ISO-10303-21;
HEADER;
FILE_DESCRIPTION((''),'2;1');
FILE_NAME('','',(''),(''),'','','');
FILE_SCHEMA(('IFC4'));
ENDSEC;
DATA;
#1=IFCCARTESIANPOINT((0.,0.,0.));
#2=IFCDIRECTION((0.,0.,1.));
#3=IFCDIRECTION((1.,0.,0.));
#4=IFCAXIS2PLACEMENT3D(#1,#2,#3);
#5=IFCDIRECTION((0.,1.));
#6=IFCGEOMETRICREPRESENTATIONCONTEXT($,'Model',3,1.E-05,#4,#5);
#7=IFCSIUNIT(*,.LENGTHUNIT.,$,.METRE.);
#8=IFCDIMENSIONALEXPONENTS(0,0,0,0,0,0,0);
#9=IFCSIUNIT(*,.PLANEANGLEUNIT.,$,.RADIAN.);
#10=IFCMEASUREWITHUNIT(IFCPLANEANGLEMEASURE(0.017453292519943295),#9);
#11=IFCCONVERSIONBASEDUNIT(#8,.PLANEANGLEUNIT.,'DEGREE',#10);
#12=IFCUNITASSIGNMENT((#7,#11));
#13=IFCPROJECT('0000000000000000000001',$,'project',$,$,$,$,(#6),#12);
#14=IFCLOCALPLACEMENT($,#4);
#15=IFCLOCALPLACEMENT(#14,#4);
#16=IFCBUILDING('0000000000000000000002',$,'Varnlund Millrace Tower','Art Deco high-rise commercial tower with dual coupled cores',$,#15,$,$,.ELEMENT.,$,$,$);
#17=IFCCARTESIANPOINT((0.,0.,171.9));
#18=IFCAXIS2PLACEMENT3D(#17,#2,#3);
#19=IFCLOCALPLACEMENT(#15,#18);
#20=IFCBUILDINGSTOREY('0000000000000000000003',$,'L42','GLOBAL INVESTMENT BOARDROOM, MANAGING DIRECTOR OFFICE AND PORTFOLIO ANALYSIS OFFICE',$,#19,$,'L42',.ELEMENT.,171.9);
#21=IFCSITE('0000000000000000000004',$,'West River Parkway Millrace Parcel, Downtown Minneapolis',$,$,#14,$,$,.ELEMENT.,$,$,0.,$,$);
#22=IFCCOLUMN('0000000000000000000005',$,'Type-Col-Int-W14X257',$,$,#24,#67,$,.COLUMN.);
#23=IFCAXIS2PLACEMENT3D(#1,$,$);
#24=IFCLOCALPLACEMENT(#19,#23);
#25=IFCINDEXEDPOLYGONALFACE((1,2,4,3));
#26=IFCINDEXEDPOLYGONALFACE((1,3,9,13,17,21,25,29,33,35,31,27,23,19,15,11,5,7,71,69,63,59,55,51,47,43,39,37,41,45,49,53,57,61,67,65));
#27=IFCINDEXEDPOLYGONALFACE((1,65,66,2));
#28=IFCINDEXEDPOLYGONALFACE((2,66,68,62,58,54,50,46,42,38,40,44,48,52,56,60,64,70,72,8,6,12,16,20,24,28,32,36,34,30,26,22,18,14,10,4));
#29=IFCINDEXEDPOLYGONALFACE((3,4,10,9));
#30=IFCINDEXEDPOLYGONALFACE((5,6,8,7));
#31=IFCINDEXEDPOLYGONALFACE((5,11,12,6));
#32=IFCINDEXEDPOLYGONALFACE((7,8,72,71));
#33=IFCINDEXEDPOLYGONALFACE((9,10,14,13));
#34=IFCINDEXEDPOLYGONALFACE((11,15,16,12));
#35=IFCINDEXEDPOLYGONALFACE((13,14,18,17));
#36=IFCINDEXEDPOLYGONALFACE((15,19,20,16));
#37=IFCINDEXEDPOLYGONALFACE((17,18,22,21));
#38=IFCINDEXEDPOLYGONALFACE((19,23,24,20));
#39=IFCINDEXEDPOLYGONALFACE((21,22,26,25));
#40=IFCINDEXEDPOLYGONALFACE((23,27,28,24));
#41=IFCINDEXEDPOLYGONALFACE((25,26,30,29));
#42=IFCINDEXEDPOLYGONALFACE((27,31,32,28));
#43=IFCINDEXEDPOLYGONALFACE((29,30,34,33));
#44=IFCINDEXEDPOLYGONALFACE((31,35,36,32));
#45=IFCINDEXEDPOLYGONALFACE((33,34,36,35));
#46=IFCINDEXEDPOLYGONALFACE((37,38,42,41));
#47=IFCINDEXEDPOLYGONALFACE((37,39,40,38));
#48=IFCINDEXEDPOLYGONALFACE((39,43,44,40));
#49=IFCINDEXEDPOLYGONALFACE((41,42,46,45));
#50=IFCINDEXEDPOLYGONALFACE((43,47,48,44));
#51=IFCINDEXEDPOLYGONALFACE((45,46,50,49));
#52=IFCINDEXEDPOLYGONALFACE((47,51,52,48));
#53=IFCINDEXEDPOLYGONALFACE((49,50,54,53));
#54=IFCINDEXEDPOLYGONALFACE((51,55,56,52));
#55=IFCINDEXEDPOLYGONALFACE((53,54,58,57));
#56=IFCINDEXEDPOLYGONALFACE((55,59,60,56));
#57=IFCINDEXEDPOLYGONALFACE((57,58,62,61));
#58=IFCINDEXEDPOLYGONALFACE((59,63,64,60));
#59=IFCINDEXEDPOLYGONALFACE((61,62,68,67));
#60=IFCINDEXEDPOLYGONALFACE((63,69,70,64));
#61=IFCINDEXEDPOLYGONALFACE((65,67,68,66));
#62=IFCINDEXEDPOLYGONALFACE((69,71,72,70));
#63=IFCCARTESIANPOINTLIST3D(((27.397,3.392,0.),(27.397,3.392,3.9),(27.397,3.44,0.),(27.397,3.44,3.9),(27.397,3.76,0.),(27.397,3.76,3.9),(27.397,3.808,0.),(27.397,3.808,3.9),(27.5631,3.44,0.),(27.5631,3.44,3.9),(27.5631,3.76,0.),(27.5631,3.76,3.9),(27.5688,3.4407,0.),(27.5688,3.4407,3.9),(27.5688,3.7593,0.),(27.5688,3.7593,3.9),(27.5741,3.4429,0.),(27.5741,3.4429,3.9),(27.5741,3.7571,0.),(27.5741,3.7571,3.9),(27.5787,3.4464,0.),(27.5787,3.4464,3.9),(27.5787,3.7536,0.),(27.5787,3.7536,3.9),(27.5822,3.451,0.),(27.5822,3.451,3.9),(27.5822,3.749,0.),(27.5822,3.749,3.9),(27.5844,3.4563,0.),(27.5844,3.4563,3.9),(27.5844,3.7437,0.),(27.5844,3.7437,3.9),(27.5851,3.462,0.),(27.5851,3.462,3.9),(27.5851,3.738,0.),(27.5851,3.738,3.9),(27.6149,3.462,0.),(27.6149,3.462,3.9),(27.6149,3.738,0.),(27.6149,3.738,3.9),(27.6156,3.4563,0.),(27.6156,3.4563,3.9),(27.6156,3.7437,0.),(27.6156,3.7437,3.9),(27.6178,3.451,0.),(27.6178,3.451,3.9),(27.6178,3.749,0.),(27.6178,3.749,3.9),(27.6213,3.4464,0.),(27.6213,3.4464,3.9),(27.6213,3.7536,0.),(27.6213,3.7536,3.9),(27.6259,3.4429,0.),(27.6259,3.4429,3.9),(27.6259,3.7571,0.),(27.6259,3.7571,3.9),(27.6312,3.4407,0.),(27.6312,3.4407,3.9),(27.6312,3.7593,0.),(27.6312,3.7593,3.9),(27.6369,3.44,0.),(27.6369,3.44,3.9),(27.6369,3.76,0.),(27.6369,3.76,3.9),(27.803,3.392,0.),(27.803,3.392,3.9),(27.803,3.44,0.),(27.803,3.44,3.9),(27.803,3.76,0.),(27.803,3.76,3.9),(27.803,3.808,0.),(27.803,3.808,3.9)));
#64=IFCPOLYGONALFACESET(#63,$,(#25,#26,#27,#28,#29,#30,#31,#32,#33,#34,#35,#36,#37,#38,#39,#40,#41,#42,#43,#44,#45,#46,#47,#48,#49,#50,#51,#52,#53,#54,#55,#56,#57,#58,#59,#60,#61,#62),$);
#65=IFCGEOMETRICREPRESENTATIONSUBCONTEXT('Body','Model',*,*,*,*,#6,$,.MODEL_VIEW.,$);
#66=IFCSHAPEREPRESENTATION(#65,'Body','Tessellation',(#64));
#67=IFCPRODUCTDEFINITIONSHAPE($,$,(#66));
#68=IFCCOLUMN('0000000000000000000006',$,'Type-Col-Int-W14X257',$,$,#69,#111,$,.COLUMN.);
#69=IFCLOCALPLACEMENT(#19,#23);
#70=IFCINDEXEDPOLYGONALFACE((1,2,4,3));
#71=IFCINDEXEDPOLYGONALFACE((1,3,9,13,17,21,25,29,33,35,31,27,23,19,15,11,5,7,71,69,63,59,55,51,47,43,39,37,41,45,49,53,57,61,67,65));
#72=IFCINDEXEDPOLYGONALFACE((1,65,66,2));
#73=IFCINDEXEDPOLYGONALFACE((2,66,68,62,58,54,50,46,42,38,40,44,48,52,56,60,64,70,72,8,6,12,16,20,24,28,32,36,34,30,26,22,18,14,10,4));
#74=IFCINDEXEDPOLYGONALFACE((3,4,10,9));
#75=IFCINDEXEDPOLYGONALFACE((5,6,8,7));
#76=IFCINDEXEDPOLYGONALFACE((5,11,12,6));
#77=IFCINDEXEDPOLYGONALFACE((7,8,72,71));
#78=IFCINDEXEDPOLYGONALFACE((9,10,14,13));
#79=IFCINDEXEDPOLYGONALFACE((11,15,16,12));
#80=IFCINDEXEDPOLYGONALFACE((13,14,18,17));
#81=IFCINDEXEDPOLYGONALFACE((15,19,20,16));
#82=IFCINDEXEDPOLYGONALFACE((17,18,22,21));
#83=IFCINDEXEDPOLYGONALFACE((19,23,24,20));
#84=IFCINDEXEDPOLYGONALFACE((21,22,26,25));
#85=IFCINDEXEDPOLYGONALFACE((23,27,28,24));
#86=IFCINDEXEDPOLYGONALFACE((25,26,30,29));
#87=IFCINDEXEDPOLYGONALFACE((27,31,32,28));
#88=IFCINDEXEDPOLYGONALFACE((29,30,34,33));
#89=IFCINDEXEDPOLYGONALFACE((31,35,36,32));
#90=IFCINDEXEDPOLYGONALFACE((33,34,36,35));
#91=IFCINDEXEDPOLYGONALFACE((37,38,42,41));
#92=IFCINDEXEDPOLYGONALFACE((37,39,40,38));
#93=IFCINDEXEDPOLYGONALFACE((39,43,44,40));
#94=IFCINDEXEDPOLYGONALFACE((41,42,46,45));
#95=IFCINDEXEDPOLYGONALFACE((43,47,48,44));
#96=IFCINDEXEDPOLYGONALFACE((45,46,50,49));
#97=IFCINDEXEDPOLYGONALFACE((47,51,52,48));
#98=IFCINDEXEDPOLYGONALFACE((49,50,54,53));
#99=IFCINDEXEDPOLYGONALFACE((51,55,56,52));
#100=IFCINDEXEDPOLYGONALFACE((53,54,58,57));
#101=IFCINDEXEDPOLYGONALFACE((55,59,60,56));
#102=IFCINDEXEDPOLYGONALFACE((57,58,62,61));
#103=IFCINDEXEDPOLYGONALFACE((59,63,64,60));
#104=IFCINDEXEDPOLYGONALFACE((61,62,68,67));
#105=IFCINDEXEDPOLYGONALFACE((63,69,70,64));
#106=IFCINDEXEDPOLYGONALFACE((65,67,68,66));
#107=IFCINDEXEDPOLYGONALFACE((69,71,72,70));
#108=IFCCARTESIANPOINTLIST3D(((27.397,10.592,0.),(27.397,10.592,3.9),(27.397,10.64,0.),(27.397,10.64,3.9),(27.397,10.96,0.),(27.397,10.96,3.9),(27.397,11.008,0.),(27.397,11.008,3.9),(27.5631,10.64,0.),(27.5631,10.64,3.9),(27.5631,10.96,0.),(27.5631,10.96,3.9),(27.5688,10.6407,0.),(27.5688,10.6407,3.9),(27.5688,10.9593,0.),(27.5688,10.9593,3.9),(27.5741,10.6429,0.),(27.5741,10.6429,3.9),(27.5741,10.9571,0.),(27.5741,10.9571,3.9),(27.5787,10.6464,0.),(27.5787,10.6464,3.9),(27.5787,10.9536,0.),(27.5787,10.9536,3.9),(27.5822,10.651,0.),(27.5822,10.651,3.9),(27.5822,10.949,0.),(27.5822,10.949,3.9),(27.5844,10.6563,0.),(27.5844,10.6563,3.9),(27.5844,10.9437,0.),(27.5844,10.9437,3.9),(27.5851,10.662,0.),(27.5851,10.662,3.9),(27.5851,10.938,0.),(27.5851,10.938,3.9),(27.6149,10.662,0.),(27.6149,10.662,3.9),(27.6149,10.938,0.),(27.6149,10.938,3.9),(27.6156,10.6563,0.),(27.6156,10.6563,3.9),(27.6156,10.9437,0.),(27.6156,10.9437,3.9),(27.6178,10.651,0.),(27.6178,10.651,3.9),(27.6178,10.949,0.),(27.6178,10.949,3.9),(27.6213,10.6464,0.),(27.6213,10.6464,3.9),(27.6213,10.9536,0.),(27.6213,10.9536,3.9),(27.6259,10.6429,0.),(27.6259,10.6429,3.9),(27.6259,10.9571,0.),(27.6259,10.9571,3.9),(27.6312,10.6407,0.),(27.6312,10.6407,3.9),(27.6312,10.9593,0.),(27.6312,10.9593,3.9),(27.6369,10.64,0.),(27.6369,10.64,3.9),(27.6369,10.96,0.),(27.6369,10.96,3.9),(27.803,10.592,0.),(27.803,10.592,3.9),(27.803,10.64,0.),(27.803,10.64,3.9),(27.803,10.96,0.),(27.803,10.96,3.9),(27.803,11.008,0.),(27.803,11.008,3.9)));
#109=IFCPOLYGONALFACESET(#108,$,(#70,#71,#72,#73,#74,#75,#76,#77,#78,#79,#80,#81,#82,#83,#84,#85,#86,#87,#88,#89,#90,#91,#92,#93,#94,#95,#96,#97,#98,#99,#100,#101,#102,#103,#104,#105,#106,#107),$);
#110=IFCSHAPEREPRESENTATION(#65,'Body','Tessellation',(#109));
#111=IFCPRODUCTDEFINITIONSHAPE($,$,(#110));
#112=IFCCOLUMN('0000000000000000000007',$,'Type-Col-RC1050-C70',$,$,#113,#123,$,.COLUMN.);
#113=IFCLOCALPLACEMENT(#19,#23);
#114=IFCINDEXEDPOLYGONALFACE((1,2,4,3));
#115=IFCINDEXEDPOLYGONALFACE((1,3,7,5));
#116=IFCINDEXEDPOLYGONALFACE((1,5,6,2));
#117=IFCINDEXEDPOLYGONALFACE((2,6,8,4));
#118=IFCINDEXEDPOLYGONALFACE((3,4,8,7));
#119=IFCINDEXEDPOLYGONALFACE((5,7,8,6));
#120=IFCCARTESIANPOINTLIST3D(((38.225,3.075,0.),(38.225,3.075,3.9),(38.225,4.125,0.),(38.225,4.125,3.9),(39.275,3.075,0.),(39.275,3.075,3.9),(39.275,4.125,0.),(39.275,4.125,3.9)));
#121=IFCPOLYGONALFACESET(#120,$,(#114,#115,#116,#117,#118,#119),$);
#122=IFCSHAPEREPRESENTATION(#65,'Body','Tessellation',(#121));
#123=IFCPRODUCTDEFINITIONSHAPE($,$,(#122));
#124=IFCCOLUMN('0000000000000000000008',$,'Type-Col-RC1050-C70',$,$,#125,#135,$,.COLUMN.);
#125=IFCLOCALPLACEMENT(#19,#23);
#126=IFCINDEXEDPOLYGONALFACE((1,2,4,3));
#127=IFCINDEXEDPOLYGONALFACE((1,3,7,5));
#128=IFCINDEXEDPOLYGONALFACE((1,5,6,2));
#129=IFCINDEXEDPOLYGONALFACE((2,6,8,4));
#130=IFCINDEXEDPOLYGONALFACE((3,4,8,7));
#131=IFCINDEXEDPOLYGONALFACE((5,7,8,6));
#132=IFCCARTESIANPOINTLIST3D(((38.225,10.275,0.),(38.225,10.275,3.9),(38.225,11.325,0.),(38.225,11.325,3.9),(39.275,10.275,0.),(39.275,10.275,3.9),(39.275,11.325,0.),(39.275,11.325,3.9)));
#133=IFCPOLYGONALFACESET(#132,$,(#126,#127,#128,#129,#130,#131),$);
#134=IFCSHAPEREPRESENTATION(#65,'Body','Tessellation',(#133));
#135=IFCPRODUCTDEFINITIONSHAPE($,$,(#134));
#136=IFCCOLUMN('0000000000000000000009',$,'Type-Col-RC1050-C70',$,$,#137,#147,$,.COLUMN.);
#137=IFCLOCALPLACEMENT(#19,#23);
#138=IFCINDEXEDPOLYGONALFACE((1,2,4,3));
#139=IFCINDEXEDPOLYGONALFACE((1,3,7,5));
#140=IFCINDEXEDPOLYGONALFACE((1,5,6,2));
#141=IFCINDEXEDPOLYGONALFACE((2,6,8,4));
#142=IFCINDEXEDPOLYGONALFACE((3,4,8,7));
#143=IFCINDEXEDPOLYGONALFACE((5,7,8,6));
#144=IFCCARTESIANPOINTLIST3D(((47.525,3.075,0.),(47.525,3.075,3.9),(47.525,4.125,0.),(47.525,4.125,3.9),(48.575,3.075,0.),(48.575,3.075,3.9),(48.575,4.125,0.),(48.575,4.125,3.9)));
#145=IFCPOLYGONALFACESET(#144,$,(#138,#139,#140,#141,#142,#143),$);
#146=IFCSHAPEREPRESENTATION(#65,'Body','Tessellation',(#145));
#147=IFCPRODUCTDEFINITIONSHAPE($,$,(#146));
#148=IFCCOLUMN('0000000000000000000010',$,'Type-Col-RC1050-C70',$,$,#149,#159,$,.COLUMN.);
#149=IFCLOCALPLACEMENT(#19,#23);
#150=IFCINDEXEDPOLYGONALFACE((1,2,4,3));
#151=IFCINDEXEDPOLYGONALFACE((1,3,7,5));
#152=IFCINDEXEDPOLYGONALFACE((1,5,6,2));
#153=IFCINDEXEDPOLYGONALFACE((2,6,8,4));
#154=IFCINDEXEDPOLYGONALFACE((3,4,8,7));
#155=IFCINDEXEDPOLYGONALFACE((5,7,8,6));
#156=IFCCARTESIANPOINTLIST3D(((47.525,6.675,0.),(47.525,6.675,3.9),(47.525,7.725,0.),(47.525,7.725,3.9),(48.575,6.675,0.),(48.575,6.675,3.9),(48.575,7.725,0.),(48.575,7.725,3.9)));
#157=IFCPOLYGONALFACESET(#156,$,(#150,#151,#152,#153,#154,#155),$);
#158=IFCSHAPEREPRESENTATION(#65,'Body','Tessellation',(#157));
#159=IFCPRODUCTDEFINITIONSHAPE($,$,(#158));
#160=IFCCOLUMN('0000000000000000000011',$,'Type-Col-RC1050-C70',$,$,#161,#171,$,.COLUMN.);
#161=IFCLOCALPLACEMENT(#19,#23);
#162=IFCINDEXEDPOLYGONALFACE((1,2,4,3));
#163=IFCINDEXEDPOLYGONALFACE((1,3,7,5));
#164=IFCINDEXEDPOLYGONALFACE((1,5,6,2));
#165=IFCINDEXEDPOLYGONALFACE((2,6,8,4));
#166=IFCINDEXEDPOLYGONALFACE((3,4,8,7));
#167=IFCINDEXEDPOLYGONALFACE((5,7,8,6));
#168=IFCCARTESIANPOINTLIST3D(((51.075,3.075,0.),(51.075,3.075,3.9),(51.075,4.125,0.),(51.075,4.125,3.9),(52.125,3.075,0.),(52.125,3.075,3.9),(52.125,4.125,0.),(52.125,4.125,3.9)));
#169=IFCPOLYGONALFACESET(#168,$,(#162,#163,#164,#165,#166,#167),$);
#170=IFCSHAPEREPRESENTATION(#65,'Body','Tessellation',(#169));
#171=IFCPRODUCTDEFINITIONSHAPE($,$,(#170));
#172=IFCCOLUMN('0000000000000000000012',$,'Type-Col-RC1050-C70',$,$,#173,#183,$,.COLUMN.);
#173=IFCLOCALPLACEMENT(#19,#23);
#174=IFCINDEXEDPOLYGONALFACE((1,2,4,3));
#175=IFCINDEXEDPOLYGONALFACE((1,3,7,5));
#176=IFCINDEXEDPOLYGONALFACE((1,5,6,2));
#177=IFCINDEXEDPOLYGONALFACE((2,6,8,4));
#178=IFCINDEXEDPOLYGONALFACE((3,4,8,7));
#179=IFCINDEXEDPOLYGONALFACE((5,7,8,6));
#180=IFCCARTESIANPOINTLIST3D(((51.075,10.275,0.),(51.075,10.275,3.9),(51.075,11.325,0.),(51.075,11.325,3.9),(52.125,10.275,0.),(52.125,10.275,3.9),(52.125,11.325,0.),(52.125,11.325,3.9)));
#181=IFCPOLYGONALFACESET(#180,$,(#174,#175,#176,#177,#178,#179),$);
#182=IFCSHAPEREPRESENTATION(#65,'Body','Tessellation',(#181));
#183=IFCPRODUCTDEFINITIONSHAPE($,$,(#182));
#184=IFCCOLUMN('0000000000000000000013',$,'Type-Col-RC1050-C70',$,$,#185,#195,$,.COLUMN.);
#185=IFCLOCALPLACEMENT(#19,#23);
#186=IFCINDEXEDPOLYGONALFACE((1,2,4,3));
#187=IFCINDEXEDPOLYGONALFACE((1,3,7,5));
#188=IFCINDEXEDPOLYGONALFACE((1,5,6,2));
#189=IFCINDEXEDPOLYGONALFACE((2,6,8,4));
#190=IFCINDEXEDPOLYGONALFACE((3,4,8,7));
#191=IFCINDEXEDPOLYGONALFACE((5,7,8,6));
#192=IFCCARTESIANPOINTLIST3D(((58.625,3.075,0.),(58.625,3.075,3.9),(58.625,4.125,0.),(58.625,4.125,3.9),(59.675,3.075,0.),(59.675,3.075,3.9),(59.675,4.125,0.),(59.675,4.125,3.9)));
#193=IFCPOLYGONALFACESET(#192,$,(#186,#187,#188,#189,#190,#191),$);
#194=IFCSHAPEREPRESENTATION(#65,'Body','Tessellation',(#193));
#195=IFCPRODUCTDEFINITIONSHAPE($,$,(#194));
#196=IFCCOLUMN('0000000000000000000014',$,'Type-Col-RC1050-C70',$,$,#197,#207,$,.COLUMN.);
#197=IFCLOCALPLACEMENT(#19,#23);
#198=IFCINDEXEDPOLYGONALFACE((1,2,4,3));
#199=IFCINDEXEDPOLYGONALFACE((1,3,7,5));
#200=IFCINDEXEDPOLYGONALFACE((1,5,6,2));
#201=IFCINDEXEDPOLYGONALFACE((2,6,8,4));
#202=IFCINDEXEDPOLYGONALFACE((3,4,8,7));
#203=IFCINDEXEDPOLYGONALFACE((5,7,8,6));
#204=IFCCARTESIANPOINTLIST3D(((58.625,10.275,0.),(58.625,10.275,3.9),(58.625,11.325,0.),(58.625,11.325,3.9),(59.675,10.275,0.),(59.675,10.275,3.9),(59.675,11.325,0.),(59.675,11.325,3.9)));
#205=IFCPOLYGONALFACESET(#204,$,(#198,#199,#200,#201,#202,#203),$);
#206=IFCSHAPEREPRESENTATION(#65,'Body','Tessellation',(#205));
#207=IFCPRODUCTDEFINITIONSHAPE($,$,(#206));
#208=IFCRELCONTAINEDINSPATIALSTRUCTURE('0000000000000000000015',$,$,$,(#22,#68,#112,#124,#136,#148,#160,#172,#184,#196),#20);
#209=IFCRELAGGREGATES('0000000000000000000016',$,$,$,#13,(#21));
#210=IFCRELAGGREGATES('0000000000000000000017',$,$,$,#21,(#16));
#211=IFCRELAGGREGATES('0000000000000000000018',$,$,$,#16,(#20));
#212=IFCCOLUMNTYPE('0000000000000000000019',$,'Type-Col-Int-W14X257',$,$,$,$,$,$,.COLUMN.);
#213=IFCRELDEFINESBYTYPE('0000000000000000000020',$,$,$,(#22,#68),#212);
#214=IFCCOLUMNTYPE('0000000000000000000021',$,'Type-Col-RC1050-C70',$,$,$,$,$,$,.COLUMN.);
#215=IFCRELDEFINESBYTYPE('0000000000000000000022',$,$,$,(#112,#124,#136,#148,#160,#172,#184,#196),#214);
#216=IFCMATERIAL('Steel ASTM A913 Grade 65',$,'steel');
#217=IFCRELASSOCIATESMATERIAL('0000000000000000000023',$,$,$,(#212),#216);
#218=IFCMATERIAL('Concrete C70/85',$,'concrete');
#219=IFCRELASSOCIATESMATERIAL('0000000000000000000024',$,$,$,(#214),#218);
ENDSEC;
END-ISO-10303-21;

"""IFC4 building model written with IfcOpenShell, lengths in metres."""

from ifc_helpers import new_model, entity, si_unit, converted_unit, direction, frame, origin_with_axes, origin_2d_with_axis, place, context, subcontext, project, spatial, rectangle, i_section, extrude, material, material_profile, profile_set, type_object, element, save


model = new_model("IFC4")

# Units and contexts
model_context = context("Model", 3, precision=1e-05, world=origin_with_axes(), true_north=direction((0.0, 1.0)))
body_context = subcontext(model_context, "Body", "Model", "MODEL_VIEW")
ifc_project = project(units=[si_unit("LENGTHUNIT", "METRE"), converted_unit("PLANEANGLEUNIT", "DEGREE", entity("IfcPlaneAngleMeasure", 0.017453292519943295), si_unit("PLANEANGLEUNIT", "RADIAN"), dimensions=[0, 0, 0, 0, 0, 0, 0])], contexts=[model_context])

# Site, building, storey
site_placement = place(None, origin_with_axes())
site = spatial("IfcSite", under=ifc_project, at=site_placement, Name="West River Parkway Millrace Parcel, Downtown Minneapolis", CompositionType="ELEMENT", RefElevation=0.0)
building_placement = place(site_placement, origin_with_axes())
building = spatial("IfcBuilding", under=site, at=building_placement, Name="Varnlund Millrace Tower", Description="Art Deco high-rise commercial tower with dual coupled cores", CompositionType="ELEMENT")
storey_placement = place(building_placement, frame((0.0, 0.0, 171.9), z_axis=(0.0, 0.0, 1.0), x_axis=(1.0, 0.0, 0.0)))
storey = spatial("IfcBuildingStorey", under=building, at=storey_placement, Name="L42", Description="GLOBAL INVESTMENT BOARDROOM, MANAGING DIRECTOR OFFICE AND PORTFOLIO ANALYSIS OFFICE", LongName="L42", CompositionType="ELEMENT", Elevation=171.9)

# Columns
ifc_material_1 = material(Name="Steel ASTM A913 Grade 65", Category="steel")
ifc_material_profile_1 = material_profile(ifc_material_1, i_section(OverallWidth=0.406, OverallDepth=0.416, WebThickness=0.0298, FlangeThickness=0.048, FilletRadius=0.022, at=origin_2d_with_axis()), Name="Steel ASTM A913 Grade 65")
ifc_profile_set_1 = profile_set([ifc_material_profile_1], Name="Steel ASTM A913 Grade 65")
column_type_1 = type_object("IfcColumnType", Name="Type-Col-Int-W14X257", PredefinedType="COLUMN", material=ifc_profile_set_1)
for number, where, z_axis, x_axis, name in (
    (1, (27.6, 3.6, 0.0), (0.0, 0.0, 1.0), (1.0, 0.0, 0.0), "Type-Col-Int-W14X257"),
    (2, (27.6, 10.8, 0.0), (0.0, 0.0, 1.0), (1.0, 0.0, 0.0), "Type-Col-Int-W14X257"),
):
    element("IfcColumn", number, at=place(storey_placement, frame(where, z_axis=z_axis, x_axis=x_axis)), inside=storey, type_object=column_type_1, Name=name, PredefinedType="COLUMN", context=body_context, shape_type="SweptSolid", body=[
        extrude(i_section(OverallWidth=0.406, OverallDepth=0.416, WebThickness=0.0298, FlangeThickness=0.048, FilletRadius=0.022, at=origin_2d_with_axis()), origin_with_axes(), (0.0, 0.0, 1.0), 3.9),
    ])
ifc_material_2 = material(Name="Concrete C70/85", Category="concrete")
ifc_material_profile_2 = material_profile(ifc_material_2, rectangle(XDim=1.05, YDim=1.05, at=origin_2d_with_axis()), Name="Concrete C70/85")
ifc_profile_set_2 = profile_set([ifc_material_profile_2], Name="Concrete C70/85")
column_type_2 = type_object("IfcColumnType", Name="Type-Col-RC1050-C70", PredefinedType="COLUMN", material=ifc_profile_set_2)
for number, where, z_axis, x_axis, name in (
    (3, (38.75, 3.6, 0.0), (0.0, 0.0, 1.0), (1.0, 0.0, 0.0), "Type-Col-RC1050-C70"),
    (4, (38.75, 10.8, 0.0), (0.0, 0.0, 1.0), (1.0, 0.0, 0.0), "Type-Col-RC1050-C70"),
    (5, (48.05, 3.6, 0.0), (0.0, 0.0, 1.0), (1.0, 0.0, 0.0), "Type-Col-RC1050-C70"),
    (6, (48.05, 7.2, 0.0), (0.0, 0.0, 1.0), (1.0, 0.0, 0.0), "Type-Col-RC1050-C70"),
    (7, (51.6, 3.6, 0.0), (0.0, 0.0, 1.0), (1.0, 0.0, 0.0), "Type-Col-RC1050-C70"),
    (8, (51.6, 10.8, 0.0), (0.0, 0.0, 1.0), (1.0, 0.0, 0.0), "Type-Col-RC1050-C70"),
    (9, (59.15, 3.6, 0.0), (0.0, 0.0, 1.0), (1.0, 0.0, 0.0), "Type-Col-RC1050-C70"),
    (10, (59.15, 10.8, 0.0), (0.0, 0.0, 1.0), (1.0, 0.0, 0.0), "Type-Col-RC1050-C70"),
):
    element("IfcColumn", number, at=place(storey_placement, frame(where, z_axis=z_axis, x_axis=x_axis)), inside=storey, type_object=column_type_2, Name=name, PredefinedType="COLUMN", context=body_context, shape_type="SweptSolid", body=[
        extrude(rectangle(XDim=1.05, YDim=1.05, at=origin_2d_with_axis()), origin_with_axes(), (0.0, 0.0, 1.0), 3.9),
    ])

save(model, "model.ifc")
